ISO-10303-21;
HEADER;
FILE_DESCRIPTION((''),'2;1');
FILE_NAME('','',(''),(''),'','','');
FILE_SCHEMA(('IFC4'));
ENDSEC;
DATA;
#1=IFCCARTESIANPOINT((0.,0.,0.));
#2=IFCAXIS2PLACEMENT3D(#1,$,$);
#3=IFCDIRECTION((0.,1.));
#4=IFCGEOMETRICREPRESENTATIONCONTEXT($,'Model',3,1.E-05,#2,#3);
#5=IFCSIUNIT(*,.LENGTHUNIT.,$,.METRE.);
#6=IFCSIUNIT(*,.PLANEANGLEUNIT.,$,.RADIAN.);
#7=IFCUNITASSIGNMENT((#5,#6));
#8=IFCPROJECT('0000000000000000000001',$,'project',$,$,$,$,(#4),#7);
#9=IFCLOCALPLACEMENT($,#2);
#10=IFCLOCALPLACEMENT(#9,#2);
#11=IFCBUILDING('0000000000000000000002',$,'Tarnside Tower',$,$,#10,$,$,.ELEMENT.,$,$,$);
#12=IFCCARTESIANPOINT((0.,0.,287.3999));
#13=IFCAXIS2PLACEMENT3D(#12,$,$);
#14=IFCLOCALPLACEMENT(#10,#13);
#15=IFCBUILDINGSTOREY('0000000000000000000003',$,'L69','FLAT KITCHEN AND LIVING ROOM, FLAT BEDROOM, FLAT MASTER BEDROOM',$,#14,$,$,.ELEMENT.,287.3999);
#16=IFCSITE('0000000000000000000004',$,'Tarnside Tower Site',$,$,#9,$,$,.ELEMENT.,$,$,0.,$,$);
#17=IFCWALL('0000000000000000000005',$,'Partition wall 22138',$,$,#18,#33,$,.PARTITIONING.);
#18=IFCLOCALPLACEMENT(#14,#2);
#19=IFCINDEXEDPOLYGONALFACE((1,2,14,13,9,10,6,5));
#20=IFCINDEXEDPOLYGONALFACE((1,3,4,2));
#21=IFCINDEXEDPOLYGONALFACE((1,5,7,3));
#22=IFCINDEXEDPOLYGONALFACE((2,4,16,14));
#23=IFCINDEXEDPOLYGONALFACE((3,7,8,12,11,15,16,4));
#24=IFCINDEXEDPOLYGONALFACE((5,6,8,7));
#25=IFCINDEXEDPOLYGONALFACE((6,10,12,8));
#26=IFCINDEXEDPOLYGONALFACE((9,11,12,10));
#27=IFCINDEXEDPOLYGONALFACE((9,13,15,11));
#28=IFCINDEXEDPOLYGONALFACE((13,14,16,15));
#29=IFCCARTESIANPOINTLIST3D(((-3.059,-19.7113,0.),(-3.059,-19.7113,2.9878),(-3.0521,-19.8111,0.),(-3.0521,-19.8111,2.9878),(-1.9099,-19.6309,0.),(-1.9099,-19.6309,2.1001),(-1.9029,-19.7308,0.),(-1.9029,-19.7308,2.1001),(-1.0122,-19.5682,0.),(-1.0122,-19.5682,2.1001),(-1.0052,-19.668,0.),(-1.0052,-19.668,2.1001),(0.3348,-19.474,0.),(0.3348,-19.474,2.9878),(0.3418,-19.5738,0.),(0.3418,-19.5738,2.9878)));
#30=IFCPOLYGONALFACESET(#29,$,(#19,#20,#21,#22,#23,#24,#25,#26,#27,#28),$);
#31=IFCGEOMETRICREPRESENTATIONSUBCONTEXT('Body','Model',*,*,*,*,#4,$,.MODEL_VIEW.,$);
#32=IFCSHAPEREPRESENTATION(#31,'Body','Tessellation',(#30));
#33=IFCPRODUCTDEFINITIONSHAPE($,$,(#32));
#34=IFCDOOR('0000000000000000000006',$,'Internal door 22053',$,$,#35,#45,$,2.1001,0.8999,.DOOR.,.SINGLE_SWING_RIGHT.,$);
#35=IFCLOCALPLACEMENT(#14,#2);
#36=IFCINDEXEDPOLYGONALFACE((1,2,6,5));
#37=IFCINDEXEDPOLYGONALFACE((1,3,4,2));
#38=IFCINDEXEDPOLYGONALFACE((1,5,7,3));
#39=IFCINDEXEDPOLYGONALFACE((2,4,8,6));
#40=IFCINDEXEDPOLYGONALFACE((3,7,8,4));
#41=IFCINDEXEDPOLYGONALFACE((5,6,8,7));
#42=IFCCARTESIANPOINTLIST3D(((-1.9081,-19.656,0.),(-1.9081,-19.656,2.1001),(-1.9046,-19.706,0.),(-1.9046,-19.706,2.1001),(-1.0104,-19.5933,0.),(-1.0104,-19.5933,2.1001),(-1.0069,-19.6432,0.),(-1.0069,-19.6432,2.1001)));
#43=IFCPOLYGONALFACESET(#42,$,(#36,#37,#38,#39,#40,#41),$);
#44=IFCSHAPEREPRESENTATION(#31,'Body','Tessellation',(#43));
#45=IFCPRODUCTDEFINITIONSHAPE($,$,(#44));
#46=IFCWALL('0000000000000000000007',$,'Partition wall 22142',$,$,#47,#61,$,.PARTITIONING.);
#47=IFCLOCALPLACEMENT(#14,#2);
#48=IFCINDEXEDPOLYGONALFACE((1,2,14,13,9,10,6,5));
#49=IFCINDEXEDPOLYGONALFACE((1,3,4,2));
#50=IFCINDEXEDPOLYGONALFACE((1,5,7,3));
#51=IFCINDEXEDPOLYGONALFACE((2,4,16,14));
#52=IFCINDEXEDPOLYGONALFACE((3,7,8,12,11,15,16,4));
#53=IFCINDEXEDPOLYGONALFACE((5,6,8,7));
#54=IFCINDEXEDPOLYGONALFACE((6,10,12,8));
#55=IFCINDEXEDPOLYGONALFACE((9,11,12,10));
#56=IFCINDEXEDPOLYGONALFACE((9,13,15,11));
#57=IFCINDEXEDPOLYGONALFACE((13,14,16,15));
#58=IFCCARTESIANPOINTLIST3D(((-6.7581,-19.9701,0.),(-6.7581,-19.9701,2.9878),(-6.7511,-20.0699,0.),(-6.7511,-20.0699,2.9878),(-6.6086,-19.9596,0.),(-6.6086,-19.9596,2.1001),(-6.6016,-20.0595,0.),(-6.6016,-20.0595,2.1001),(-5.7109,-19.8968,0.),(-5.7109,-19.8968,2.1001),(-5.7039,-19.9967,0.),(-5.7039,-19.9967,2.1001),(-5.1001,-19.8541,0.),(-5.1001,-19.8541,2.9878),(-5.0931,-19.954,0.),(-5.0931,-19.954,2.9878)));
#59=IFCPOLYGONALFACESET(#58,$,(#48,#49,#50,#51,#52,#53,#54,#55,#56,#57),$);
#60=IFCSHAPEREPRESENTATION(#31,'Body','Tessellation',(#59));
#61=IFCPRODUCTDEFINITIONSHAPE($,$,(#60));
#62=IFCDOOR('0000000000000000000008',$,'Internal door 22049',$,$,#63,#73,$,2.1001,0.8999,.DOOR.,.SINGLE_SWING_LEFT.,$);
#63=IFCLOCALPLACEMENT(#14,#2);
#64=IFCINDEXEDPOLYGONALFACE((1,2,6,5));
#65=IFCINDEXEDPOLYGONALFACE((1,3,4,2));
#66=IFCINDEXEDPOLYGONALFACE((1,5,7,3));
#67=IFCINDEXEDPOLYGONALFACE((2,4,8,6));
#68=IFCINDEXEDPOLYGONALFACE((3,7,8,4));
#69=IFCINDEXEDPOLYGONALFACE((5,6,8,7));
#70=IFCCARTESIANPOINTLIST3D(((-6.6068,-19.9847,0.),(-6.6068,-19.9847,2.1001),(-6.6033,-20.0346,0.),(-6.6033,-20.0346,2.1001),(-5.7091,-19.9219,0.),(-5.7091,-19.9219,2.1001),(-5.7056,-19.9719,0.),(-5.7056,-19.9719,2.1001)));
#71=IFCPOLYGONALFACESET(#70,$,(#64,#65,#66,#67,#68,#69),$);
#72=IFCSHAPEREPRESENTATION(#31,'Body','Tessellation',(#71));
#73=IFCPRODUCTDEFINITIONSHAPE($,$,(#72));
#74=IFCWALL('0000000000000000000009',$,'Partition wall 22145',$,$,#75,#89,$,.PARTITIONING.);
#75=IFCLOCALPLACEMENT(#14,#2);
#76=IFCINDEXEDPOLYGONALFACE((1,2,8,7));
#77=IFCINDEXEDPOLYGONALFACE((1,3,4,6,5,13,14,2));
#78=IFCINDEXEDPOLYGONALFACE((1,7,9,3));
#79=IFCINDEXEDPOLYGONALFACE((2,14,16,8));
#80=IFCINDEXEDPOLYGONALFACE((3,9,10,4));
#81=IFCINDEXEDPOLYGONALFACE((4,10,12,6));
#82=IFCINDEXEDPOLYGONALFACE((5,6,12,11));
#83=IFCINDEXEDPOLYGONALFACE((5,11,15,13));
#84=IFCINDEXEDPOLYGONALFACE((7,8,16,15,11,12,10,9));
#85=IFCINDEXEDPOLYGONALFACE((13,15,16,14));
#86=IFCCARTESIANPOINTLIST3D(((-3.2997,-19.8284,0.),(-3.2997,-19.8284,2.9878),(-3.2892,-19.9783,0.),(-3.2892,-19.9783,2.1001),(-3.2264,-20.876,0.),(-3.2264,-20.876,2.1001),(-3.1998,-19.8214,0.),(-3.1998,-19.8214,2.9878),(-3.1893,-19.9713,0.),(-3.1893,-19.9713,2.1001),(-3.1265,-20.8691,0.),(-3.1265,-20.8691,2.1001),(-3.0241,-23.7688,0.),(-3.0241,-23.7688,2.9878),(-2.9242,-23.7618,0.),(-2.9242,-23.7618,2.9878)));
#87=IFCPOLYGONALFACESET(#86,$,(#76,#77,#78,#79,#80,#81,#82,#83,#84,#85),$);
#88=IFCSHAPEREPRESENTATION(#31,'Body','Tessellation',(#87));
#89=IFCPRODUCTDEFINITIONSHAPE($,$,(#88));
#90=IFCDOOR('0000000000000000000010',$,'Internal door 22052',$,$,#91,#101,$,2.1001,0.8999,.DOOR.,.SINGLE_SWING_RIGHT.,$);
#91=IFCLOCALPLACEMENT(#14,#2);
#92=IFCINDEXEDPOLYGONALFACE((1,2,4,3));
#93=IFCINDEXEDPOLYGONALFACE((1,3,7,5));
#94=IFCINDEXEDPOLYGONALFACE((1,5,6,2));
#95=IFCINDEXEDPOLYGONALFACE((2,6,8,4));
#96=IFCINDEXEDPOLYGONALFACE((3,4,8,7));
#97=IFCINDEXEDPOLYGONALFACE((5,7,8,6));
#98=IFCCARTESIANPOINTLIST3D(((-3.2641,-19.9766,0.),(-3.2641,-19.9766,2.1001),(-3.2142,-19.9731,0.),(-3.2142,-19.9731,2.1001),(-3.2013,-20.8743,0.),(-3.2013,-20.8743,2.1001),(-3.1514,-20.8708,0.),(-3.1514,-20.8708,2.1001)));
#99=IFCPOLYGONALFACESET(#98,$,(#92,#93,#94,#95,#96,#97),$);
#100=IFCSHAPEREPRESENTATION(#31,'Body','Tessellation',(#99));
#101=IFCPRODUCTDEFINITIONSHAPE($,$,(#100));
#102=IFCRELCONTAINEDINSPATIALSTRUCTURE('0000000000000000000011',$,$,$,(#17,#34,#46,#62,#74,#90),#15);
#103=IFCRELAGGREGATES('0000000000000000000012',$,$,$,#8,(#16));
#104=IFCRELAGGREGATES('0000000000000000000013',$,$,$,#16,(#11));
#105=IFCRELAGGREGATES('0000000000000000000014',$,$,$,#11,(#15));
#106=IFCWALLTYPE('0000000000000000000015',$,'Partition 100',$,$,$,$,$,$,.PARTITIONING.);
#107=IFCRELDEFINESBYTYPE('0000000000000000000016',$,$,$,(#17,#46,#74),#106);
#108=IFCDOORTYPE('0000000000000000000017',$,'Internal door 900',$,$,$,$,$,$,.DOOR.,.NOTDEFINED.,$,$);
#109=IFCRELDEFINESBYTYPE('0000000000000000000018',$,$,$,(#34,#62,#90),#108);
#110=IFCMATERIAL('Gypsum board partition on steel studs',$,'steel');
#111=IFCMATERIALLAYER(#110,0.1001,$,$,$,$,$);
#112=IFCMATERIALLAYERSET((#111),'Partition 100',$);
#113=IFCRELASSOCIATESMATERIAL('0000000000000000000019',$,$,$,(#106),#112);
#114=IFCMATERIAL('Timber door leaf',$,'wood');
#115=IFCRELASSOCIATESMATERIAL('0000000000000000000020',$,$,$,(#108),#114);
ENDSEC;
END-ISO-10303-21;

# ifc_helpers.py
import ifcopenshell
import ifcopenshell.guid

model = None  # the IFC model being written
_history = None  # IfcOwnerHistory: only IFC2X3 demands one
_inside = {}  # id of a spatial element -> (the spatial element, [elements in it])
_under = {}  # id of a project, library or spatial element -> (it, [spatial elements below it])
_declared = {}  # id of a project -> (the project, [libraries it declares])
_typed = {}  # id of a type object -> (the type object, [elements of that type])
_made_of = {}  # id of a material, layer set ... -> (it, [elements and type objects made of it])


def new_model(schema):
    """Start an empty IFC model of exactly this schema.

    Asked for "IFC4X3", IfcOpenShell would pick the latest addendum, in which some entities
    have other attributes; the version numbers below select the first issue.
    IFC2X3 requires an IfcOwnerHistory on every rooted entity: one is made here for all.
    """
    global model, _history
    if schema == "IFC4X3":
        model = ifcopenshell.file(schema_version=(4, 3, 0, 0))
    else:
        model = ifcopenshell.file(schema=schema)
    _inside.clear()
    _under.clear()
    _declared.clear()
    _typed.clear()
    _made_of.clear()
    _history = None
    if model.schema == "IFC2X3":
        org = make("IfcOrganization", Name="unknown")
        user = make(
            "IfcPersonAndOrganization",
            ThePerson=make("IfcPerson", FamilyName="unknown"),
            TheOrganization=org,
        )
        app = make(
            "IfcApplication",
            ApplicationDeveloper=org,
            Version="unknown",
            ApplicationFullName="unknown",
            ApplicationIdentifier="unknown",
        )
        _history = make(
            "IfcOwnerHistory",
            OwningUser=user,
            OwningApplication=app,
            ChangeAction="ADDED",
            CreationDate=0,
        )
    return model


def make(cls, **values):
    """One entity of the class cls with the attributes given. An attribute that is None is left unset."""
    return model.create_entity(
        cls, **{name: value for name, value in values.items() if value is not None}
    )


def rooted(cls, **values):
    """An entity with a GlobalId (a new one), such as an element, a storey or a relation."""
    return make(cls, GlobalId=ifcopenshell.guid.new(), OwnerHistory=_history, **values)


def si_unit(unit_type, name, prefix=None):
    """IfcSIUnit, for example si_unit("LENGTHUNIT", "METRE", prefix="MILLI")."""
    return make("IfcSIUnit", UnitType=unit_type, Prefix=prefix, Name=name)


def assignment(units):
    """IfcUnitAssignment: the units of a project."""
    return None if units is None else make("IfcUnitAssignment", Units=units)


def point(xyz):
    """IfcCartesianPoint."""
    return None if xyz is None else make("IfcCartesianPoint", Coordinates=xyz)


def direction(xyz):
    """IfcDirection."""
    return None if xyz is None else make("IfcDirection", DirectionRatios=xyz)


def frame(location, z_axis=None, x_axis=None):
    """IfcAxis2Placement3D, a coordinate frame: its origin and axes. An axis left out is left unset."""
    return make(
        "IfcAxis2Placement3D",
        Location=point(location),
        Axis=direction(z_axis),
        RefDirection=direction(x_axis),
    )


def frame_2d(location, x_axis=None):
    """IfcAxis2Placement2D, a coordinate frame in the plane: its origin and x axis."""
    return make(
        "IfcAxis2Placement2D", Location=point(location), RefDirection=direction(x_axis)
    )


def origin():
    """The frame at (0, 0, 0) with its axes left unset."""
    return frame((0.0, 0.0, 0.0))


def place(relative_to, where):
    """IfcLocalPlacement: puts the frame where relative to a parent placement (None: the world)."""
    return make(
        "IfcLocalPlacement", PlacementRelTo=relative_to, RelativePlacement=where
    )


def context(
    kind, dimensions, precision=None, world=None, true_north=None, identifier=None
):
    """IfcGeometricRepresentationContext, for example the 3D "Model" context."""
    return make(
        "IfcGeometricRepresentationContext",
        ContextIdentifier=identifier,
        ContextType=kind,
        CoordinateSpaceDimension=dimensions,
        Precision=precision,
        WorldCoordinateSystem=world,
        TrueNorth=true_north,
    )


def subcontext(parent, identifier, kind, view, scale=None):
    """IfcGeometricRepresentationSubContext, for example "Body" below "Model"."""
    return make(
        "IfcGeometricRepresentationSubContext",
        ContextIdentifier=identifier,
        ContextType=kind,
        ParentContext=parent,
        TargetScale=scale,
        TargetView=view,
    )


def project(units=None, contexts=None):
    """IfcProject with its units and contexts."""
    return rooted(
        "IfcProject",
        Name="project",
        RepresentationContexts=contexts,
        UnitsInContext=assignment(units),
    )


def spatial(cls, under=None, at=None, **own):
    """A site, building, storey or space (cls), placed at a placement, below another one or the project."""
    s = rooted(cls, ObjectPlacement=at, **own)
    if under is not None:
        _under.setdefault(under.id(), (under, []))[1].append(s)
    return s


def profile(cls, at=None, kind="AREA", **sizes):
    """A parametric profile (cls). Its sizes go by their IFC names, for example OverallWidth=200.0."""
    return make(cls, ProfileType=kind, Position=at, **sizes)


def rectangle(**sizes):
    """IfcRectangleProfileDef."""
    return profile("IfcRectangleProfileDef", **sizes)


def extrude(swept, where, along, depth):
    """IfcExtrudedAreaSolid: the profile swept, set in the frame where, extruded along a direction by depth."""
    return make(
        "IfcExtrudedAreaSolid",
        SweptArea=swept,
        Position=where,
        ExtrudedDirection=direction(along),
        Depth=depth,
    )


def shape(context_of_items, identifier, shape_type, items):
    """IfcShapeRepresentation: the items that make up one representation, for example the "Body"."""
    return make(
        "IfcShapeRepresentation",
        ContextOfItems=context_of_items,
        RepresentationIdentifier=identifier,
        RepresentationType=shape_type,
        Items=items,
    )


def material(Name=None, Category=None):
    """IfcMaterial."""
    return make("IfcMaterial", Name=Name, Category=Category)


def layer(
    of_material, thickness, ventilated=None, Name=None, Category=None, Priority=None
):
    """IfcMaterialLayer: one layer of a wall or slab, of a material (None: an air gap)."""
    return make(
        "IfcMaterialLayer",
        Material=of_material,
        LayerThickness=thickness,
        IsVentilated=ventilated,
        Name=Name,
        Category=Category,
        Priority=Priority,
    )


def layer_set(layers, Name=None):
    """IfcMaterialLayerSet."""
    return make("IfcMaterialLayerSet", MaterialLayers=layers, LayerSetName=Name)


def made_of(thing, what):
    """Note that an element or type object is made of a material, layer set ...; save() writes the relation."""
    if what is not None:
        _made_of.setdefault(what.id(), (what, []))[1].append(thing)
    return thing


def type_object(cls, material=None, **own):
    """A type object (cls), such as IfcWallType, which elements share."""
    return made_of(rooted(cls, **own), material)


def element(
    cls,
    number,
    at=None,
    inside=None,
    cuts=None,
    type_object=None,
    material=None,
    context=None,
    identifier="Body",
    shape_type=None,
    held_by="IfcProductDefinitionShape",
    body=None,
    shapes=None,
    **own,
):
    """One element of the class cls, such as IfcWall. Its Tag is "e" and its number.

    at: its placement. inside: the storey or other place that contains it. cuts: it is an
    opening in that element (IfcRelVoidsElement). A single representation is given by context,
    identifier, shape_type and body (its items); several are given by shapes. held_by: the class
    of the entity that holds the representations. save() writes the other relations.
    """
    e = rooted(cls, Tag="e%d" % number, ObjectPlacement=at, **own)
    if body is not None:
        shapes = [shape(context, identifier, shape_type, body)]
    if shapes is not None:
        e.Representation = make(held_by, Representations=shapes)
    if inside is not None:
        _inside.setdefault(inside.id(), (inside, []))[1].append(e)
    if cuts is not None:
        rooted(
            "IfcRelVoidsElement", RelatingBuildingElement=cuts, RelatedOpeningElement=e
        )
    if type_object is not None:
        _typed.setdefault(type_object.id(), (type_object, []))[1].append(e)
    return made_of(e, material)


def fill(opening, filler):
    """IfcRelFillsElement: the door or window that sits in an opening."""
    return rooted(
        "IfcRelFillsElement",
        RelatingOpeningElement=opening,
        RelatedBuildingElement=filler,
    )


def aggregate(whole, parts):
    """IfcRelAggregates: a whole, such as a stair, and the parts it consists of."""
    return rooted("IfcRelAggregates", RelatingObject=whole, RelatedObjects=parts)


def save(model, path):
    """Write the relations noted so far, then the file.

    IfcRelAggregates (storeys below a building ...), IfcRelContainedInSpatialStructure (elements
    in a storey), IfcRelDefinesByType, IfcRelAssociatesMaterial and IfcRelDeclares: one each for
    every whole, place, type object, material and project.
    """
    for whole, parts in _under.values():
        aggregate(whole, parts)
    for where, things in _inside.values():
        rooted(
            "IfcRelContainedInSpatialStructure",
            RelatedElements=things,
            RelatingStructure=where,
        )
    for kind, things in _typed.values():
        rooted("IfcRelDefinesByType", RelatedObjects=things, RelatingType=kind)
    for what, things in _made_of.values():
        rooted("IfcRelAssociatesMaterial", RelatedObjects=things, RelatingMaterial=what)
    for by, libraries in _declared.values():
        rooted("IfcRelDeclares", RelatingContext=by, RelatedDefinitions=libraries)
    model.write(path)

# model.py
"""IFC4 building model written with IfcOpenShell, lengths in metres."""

from ifc_helpers import new_model, si_unit, direction, frame, frame_2d, origin, place, context, subcontext, project, spatial, rectangle, extrude, material, layer, layer_set, type_object, element, fill, save


model = new_model("IFC4")

# Units and contexts
model_context = context("Model", 3, precision=1e-05, world=origin(), true_north=direction((0.0, 1.0)))
body_context = subcontext(model_context, "Body", "Model", "MODEL_VIEW")
ifc_project = project(units=[si_unit("LENGTHUNIT", "METRE"), si_unit("PLANEANGLEUNIT", "RADIAN")], contexts=[model_context])

# Site, building, storey
site_placement = place(None, origin())
site = spatial("IfcSite", under=ifc_project, at=site_placement, Name="Tarnside Tower Site", CompositionType="ELEMENT", RefElevation=0.0)
building_placement = place(site_placement, origin())
building = spatial("IfcBuilding", under=site, at=building_placement, Name="Tarnside Tower", CompositionType="ELEMENT")
storey_placement = place(building_placement, frame((0.0, 0.0, 287.3999)))
storey = spatial("IfcBuildingStorey", under=building, at=storey_placement, Name="L69", Description="FLAT KITCHEN AND LIVING ROOM, FLAT BEDROOM, FLAT MASTER BEDROOM", CompositionType="ELEMENT", Elevation=287.3999)

# Shared definitions
ifc_material_1 = material(Name="Gypsum board partition on steel studs", Category="steel")
ifc_material_2 = material(Name="Timber door leaf", Category="wood")

# Walls, openings, doors
ifc_layer_1 = layer(ifc_material_1, 0.1001)
ifc_layer_set_1 = layer_set([ifc_layer_1], Name="Partition 100")
wall_type_1 = type_object("IfcWallType", Name="Partition 100", PredefinedType="PARTITIONING", material=ifc_layer_set_1)
wall_1_placement = place(storey_placement, frame((-3.0557, -19.7612, 0.0), z_axis=(0.0, 0.0, 1.0), x_axis=(0.997564, 0.069753, 0.0)))
wall_1 = element("IfcWall", 1, at=wall_1_placement, inside=storey, type_object=wall_type_1, Name="Partition wall 22138", PredefinedType="PARTITIONING", context=body_context, shape_type="SweptSolid", body=[
    extrude(rectangle(XDim=3.4021, YDim=0.1001, at=frame_2d((1.7012, 0.0))), origin(), (0.0, 0.0, 1.0), 2.9878),
])
opening_1_placement = place(wall_1_placement, frame((1.1521, 0.0, 0.0)))
opening_1 = element("IfcOpeningElement", 2, at=opening_1_placement, cuts=wall_1, PredefinedType="OPENING", context=body_context, shape_type="SweptSolid", body=[
    extrude(rectangle(XDim=0.8999, YDim=2.1001, at=frame_2d((0.45, 1.05))), frame((0.0, 0.0601, 0.0), z_axis=(0.0, -1.0, 0.0), x_axis=(1.0, 0.0, 0.0)), (0.0, 0.0, 1.0), 0.1201),
])
door_type_1 = type_object("IfcDoorType", Name="Internal door 900", OperationType="NOTDEFINED", PredefinedType="DOOR", material=ifc_material_2)
door_1_placement = place(opening_1_placement, origin())
door_1 = element("IfcDoor", 3, at=door_1_placement, inside=storey, type_object=door_type_1, Name="Internal door 22053", OperationType="SINGLE_SWING_RIGHT", OverallHeight=2.1001, OverallWidth=0.8999, PredefinedType="DOOR", context=body_context, shape_type="SweptSolid", body=[
    extrude(rectangle(XDim=0.8999, YDim=2.1001, at=frame_2d((0.45, 1.05))), frame((0.0, 0.0249, 0.0), z_axis=(0.0, -1.0, 0.0), x_axis=(1.0, 0.0, 0.0)), (0.0, 0.0, 1.0), 0.05),
])
fill(opening_1, door_1)
wall_2_placement = place(storey_placement, frame((-6.7546, -20.02, 0.0), z_axis=(0.0, 0.0, 1.0), x_axis=(0.997563, 0.069775, 0.0)))
wall_2 = element("IfcWall", 4, at=wall_2_placement, inside=storey, type_object=wall_type_1, Name="Partition wall 22142", PredefinedType="PARTITIONING", context=body_context, shape_type="SweptSolid", body=[
    extrude(rectangle(XDim=1.6621, YDim=0.1001, at=frame_2d((0.8311, 0.0))), origin(), (0.0, 0.0, 1.0), 2.9878),
])
opening_2_placement = place(wall_2_placement, frame((0.1499, 0.0, 0.0)))
opening_2 = element("IfcOpeningElement", 5, at=opening_2_placement, cuts=wall_2, PredefinedType="OPENING", context=body_context, shape_type="SweptSolid", body=[
    extrude(rectangle(XDim=0.8999, YDim=2.1001, at=frame_2d((0.45, 1.05))), frame((0.0, 0.0601, 0.0), z_axis=(0.0, -1.0, 0.0), x_axis=(1.0, 0.0, 0.0)), (0.0, 0.0, 1.0), 0.1201),
])
door_2_placement = place(opening_2_placement, origin())
door_2 = element("IfcDoor", 6, at=door_2_placement, inside=storey, type_object=door_type_1, Name="Internal door 22049", OperationType="SINGLE_SWING_LEFT", OverallHeight=2.1001, OverallWidth=0.8999, PredefinedType="DOOR", context=body_context, shape_type="SweptSolid", body=[
    extrude(rectangle(XDim=0.8999, YDim=2.1001, at=frame_2d((0.45, 1.05))), frame((0.0, 0.0249, 0.0), z_axis=(0.0, -1.0, 0.0), x_axis=(1.0, 0.0, 0.0)), (0.0, 0.0, 1.0), 0.05),
])
fill(opening_2, door_2)
wall_3_placement = place(storey_placement, frame((-2.9741, -23.7654, 0.0), z_axis=(0.0, 0.0, 1.0), x_axis=(-0.06978, 0.997562, 0.0)))
wall_3 = element("IfcWall", 7, at=wall_3_placement, inside=storey, type_object=wall_type_1, Name="Partition wall 22145", PredefinedType="PARTITIONING", context=body_context, shape_type="SweptSolid", body=[
    extrude(rectangle(XDim=3.95, YDim=0.1001, at=frame_2d((1.9751, 0.0))), origin(), (0.0, 0.0, 1.0), 2.9878),
])
opening_3_placement = place(wall_3_placement, frame((2.8999, 0.0, 0.0)))
opening_3 = element("IfcOpeningElement", 8, at=opening_3_placement, cuts=wall_3, PredefinedType="OPENING", context=body_context, shape_type="SweptSolid", body=[
    extrude(rectangle(XDim=0.8999, YDim=2.1001, at=frame_2d((0.45, 1.05))), frame((0.0, 0.0601, 0.0), z_axis=(0.0, -1.0, 0.0), x_axis=(1.0, 0.0, 0.0)), (0.0, 0.0, 1.0), 0.1201),
])
door_3_placement = place(opening_3_placement, origin())
door_3 = element("IfcDoor", 9, at=door_3_placement, inside=storey, type_object=door_type_1, Name="Internal door 22052", OperationType="SINGLE_SWING_RIGHT", OverallHeight=2.1001, OverallWidth=0.8999, PredefinedType="DOOR", context=body_context, shape_type="SweptSolid", body=[
    extrude(rectangle(XDim=0.8999, YDim=2.1001, at=frame_2d((0.45, 1.05))), frame((0.0, 0.0249, 0.0), z_axis=(0.0, -1.0, 0.0), x_axis=(1.0, 0.0, 0.0)), (0.0, 0.0, 1.0), 0.05),
])
fill(opening_3, door_3)

save(model, "model.ifc")
